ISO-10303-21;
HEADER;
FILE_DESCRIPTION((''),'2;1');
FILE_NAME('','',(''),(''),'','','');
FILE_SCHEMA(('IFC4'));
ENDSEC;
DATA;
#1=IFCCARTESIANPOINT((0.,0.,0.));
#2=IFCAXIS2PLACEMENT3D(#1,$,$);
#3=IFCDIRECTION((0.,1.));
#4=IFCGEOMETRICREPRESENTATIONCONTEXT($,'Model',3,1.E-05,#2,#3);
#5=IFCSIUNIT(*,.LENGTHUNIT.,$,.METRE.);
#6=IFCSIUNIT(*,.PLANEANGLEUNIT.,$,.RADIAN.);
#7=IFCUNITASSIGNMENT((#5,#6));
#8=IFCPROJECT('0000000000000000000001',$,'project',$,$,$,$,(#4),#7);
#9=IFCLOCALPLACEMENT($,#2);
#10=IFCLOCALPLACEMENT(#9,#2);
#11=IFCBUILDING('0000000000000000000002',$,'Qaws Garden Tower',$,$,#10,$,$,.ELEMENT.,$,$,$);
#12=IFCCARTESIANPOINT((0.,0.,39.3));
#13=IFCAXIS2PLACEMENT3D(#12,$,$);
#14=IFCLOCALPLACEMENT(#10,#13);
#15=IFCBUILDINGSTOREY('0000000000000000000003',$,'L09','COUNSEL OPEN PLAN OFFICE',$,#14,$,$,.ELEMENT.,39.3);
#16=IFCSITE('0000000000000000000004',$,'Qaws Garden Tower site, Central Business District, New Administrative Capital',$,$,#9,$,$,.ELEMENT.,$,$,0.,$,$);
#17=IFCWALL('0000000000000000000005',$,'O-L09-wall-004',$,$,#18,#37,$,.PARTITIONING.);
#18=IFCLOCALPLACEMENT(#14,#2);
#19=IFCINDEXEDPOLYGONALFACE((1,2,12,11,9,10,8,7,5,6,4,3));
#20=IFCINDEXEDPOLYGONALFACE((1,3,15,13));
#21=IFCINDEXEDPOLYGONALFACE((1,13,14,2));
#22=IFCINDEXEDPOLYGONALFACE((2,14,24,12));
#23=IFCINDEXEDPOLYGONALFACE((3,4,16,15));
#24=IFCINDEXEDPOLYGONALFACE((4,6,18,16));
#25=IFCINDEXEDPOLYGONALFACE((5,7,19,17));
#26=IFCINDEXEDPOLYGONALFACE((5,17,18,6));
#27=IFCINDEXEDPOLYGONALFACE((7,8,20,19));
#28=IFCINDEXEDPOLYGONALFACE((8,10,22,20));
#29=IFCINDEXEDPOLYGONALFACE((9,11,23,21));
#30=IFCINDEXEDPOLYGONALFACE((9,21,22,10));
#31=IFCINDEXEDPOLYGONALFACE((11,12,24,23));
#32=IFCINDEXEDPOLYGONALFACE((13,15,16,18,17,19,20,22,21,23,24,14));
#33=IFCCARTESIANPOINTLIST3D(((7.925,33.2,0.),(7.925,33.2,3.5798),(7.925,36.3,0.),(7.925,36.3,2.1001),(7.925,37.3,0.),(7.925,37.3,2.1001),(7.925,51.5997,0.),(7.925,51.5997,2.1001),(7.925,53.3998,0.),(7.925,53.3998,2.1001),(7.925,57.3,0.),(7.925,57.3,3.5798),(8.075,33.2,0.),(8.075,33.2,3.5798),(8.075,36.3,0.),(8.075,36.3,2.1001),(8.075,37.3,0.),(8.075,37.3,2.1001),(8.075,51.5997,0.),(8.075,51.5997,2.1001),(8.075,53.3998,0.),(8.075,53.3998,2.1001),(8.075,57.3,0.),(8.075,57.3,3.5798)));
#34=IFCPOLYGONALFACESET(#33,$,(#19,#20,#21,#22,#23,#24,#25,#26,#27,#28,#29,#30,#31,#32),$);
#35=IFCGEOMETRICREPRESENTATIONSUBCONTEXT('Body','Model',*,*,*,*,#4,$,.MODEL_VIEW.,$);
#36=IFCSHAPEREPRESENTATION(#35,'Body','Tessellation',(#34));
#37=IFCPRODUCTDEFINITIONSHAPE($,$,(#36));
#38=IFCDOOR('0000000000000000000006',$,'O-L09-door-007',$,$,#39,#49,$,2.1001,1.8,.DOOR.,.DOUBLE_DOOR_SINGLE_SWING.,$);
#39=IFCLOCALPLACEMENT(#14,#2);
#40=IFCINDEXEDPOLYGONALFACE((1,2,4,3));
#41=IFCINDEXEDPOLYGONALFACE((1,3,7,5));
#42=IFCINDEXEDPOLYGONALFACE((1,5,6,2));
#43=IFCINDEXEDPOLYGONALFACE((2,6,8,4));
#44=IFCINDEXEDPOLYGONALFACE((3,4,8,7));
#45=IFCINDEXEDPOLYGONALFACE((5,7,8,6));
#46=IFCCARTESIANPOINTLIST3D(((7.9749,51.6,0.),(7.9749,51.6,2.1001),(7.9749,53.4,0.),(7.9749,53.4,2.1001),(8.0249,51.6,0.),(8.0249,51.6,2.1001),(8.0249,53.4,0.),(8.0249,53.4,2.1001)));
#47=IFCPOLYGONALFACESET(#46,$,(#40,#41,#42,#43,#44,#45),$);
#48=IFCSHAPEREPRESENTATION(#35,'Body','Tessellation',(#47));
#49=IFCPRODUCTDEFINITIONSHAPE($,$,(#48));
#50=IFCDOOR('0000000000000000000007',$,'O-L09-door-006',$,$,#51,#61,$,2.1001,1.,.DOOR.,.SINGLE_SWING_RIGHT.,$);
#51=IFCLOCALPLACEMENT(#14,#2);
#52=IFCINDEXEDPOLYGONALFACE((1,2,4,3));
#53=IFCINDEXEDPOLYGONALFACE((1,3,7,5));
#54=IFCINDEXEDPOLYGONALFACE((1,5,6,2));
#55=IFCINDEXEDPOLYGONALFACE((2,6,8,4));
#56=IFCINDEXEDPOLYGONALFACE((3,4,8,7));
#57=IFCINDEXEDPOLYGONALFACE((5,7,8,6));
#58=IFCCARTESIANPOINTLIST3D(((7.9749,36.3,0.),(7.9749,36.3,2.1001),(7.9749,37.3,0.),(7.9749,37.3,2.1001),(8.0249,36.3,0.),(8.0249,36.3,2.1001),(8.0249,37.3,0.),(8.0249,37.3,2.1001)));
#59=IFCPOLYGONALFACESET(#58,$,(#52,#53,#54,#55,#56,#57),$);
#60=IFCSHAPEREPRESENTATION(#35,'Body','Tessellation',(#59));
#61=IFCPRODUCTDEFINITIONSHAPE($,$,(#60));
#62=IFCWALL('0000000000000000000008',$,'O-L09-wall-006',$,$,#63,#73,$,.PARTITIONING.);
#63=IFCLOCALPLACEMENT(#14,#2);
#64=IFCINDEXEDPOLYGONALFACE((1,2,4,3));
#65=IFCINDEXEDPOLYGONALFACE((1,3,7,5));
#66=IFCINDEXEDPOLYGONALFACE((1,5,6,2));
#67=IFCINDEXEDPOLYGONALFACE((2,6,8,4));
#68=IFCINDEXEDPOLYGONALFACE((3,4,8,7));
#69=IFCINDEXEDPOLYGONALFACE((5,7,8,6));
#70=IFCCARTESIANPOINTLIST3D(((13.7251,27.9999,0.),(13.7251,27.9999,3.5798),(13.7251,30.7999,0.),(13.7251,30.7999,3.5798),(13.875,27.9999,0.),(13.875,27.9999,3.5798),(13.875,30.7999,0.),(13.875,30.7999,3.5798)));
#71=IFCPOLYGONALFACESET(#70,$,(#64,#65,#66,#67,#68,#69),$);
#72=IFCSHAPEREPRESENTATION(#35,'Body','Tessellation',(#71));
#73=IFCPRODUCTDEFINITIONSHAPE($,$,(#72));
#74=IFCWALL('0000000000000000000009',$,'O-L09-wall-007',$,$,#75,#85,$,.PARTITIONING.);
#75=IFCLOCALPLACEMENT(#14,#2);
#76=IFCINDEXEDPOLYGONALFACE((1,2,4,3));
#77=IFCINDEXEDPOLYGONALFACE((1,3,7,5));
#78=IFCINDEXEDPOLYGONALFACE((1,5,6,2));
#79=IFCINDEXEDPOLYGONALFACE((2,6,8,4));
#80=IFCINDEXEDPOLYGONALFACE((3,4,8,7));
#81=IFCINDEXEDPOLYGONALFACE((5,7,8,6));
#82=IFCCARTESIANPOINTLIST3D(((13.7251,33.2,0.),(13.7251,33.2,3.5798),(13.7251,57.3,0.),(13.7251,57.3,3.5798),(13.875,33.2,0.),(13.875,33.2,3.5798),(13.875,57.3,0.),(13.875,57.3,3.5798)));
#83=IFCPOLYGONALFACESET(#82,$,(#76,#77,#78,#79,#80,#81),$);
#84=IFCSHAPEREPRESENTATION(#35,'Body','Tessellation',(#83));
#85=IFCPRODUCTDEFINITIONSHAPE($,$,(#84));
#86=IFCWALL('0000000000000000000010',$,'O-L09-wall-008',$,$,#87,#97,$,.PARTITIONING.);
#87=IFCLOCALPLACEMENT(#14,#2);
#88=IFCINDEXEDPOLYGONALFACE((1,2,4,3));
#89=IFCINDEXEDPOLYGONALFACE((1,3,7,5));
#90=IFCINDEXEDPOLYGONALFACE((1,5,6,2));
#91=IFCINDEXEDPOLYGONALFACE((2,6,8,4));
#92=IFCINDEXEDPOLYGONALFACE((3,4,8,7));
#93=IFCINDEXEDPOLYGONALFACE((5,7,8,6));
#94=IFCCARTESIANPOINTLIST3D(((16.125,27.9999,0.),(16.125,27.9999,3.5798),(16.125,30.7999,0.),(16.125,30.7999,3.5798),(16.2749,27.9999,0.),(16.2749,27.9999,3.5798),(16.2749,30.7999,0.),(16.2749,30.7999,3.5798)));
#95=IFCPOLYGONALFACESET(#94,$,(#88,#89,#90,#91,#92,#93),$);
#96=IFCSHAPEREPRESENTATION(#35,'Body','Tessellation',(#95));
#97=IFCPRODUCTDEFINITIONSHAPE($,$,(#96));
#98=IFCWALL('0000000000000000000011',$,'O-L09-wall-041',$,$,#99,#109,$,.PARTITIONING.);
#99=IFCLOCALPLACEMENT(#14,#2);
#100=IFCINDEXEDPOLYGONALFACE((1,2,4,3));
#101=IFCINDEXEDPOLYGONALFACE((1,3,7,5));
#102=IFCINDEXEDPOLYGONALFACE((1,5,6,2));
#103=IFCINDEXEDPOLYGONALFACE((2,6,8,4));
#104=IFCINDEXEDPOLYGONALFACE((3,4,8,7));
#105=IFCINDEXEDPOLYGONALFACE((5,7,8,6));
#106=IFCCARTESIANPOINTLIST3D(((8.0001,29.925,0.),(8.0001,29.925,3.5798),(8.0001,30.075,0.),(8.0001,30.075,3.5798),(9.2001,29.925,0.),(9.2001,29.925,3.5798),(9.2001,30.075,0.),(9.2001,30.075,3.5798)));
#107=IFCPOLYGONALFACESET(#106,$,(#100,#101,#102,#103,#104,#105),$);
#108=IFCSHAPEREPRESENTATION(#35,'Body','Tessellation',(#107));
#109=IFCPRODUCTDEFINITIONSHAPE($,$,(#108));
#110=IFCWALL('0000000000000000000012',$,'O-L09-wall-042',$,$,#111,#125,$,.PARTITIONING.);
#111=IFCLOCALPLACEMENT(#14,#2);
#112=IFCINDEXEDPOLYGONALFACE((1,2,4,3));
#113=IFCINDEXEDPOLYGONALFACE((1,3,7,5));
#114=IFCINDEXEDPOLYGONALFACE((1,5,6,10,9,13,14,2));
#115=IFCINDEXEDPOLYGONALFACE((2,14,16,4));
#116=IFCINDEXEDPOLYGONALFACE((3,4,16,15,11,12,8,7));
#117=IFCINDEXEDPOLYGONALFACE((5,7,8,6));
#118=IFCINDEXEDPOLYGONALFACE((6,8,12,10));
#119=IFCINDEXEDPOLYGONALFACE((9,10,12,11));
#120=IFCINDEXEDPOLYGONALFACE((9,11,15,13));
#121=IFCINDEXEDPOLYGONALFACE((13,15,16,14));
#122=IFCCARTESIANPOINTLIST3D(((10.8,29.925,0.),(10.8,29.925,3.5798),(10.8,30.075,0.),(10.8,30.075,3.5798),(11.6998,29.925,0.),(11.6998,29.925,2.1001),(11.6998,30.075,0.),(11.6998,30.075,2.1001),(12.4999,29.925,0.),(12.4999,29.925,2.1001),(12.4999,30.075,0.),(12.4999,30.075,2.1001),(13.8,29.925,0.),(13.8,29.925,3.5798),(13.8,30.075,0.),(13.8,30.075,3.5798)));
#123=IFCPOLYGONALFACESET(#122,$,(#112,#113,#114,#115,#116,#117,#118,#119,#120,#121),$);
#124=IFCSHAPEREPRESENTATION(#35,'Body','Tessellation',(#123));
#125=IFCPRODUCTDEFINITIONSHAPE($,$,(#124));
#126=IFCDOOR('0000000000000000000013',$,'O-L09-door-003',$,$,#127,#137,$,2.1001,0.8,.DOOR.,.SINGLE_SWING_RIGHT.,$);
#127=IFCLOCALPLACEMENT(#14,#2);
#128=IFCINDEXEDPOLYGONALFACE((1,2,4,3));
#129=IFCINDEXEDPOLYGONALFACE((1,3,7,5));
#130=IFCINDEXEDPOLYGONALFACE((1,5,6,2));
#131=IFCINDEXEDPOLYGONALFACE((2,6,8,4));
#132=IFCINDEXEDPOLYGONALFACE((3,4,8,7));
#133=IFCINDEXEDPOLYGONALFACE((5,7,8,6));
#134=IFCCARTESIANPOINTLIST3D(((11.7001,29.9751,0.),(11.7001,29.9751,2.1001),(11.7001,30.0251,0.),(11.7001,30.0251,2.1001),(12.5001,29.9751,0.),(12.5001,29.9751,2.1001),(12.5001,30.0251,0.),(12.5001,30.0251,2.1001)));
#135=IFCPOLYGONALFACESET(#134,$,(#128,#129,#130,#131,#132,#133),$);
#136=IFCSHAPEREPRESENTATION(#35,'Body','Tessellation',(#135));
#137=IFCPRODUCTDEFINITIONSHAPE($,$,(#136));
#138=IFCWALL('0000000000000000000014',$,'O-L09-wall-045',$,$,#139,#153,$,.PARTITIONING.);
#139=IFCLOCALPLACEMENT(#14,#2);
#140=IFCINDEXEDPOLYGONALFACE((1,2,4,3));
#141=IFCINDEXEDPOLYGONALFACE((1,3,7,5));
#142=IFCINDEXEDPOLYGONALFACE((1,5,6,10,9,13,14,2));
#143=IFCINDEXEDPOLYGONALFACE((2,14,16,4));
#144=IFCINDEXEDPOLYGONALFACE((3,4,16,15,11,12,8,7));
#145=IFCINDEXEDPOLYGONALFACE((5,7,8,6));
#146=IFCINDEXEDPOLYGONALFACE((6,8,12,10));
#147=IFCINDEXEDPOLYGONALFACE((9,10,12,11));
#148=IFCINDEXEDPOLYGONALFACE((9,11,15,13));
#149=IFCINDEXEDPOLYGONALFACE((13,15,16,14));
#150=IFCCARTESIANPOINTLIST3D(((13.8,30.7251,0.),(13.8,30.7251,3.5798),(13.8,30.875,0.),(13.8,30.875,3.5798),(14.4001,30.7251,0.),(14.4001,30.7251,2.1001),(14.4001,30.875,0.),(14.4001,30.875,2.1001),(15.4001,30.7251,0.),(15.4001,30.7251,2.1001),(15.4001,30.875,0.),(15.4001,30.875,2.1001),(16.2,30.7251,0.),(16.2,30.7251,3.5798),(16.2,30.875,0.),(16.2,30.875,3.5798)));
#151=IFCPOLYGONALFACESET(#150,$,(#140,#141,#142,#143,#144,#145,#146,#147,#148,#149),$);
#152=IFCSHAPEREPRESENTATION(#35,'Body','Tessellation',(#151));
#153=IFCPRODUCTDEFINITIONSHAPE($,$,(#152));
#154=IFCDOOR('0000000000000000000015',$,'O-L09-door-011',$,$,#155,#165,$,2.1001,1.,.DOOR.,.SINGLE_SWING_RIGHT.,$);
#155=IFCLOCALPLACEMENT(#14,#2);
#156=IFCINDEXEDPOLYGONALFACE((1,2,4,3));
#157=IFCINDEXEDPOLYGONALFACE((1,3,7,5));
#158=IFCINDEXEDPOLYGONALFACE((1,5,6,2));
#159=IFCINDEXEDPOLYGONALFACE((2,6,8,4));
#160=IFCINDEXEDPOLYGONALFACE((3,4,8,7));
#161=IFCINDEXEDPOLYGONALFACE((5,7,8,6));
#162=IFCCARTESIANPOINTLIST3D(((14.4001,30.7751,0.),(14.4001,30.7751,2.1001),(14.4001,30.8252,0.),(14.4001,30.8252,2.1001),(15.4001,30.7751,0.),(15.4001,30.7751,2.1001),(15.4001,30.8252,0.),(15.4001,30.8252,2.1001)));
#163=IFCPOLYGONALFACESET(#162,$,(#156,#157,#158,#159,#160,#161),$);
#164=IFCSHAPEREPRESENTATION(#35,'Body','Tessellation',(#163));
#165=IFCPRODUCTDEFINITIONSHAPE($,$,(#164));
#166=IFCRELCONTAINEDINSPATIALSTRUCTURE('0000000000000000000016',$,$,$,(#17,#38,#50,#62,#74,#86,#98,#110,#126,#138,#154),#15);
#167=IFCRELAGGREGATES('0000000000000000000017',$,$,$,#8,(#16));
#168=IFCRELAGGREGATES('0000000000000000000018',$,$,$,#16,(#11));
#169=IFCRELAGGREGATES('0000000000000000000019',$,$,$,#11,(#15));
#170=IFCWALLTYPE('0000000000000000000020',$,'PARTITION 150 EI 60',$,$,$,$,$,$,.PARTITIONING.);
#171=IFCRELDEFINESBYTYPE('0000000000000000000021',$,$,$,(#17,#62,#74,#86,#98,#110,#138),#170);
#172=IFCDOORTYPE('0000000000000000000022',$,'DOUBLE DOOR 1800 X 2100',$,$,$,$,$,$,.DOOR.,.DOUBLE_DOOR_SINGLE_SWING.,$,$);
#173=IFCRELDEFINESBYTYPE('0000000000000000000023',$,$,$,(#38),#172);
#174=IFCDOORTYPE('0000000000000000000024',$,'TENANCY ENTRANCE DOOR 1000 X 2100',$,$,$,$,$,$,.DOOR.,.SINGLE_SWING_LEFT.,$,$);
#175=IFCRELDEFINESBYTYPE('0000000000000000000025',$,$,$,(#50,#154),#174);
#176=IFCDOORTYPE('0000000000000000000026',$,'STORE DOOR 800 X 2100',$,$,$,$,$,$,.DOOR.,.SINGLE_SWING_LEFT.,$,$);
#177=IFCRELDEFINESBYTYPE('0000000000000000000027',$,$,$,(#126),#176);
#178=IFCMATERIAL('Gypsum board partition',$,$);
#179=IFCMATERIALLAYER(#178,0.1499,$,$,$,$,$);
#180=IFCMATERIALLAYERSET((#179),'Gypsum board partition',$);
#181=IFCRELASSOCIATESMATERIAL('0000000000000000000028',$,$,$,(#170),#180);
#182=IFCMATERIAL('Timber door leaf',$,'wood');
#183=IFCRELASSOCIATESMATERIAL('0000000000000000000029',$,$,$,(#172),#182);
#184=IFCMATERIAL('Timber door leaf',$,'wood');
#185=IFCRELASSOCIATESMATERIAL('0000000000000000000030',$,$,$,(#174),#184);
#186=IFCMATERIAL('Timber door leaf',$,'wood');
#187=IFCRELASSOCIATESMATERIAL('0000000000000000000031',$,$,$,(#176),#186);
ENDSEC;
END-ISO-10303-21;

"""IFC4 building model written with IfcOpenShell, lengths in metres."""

from ifc_helpers import new_model, si_unit, direction, frame, frame_2d, origin, place, context, subcontext, project, spatial, rectangle, extrude, material, layer, layer_set, type_object, element, fill, save


model = new_model("IFC4")

# Units and contexts
model_context = context("Model", 3, precision=1e-05, world=origin(), true_north=direction((0.0, 1.0)))
body_context = subcontext(model_context, "Body", "Model", "MODEL_VIEW")
ifc_project = project(units=[si_unit("LENGTHUNIT", "METRE"), si_unit("PLANEANGLEUNIT", "RADIAN")], contexts=[model_context])

# Site, building, storey
site_placement = place(None, origin())
site = spatial("IfcSite", under=ifc_project, at=site_placement, Name="Qaws Garden Tower site, Central Business District, New Administrative Capital", CompositionType="ELEMENT", RefElevation=0.0)
building_placement = place(site_placement, origin())
building = spatial("IfcBuilding", under=site, at=building_placement, Name="Qaws Garden Tower", CompositionType="ELEMENT")
storey_placement = place(building_placement, frame((0.0, 0.0, 39.3)))
storey = spatial("IfcBuildingStorey", under=building, at=storey_placement, Name="L09", Description="COUNSEL OPEN PLAN OFFICE", CompositionType="ELEMENT", Elevation=39.3)

# Shared definitions
ifc_material_1 = material(Name="Gypsum board partition")
ifc_layer_1 = layer(ifc_material_1, 0.1499)
ifc_layer_set_1 = layer_set([ifc_layer_1], Name="Gypsum board partition")
wall_type_1 = type_object("IfcWallType", Name="PARTITION 150 EI 60", PredefinedType="PARTITIONING", material=ifc_layer_set_1)

# Wall, openings, doors
wall_1_placement = place(storey_placement, frame((8.0, 33.2, 0.0), z_axis=(0.0, 0.0, 1.0), x_axis=(0.0, 1.0, 0.0)))
wall_1 = element("IfcWall", 1, at=wall_1_placement, inside=storey, type_object=wall_type_1, Name="O-L09-wall-004", PredefinedType="PARTITIONING", context=body_context, shape_type="SweptSolid", body=[
    extrude(rectangle(XDim=24.1001, YDim=0.1499, at=frame_2d((12.05, 0.0))), origin(), (0.0, 0.0, 1.0), 3.5798),
])
opening_1_placement = place(wall_1_placement, frame((3.1001, 0.0, 0.0)))
opening_1 = element("IfcOpeningElement", 2, at=opening_1_placement, cuts=wall_1, PredefinedType="OPENING", context=body_context, shape_type="SweptSolid", body=[
    extrude(rectangle(XDim=1.0, YDim=2.1001, at=frame_2d((0.5, 1.05))), frame((0.0, 0.085, 0.0), z_axis=(0.0, -1.0, 0.0), x_axis=(1.0, 0.0, 0.0)), (0.0, 0.0, 1.0), 0.1699),
])
opening_2_placement = place(wall_1_placement, frame((18.3999, 0.0, 0.0)))
opening_2 = element("IfcOpeningElement", 3, at=opening_2_placement, cuts=wall_1, PredefinedType="OPENING", context=body_context, shape_type="SweptSolid", body=[
    extrude(rectangle(XDim=1.8, YDim=2.1001, at=frame_2d((0.8999, 1.05))), frame((0.0, 0.085, 0.0), z_axis=(0.0, -1.0, 0.0), x_axis=(1.0, 0.0, 0.0)), (0.0, 0.0, 1.0), 0.1699),
])
ifc_material_2 = material(Name="Timber door leaf", Category="wood")
door_type_1 = type_object("IfcDoorType", Name="DOUBLE DOOR 1800 X 2100", OperationType="DOUBLE_DOOR_SINGLE_SWING", PredefinedType="DOOR", material=ifc_material_2)
door_1_placement = place(opening_2_placement, frame((1.8, 0.0, 0.0), z_axis=(0.0, 0.0, 1.0), x_axis=(-1.0, 0.0, 0.0)))
door_1 = element("IfcDoor", 4, at=door_1_placement, inside=storey, type_object=door_type_1, Name="O-L09-door-007", OperationType="DOUBLE_DOOR_SINGLE_SWING", OverallHeight=2.1001, OverallWidth=1.8, PredefinedType="DOOR", context=body_context, shape_type="SweptSolid", body=[
    extrude(rectangle(XDim=1.8, YDim=2.1001, at=frame_2d((0.8999, 1.05))), frame((0.0, 0.0249, 0.0), z_axis=(0.0, -1.0, 0.0), x_axis=(1.0, 0.0, 0.0)), (0.0, 0.0, 1.0), 0.05),
])
fill(opening_2, door_1)
ifc_material_3 = material(Name="Timber door leaf", Category="wood")
door_type_2 = type_object("IfcDoorType", Name="TENANCY ENTRANCE DOOR 1000 X 2100", OperationType="SINGLE_SWING_LEFT", PredefinedType="DOOR", material=ifc_material_3)
door_2_placement = place(opening_1_placement, frame((1.0, 0.0, 0.0), z_axis=(0.0, 0.0, 1.0), x_axis=(-1.0, 0.0, 0.0)))
door_2 = element("IfcDoor", 5, at=door_2_placement, inside=storey, type_object=door_type_2, Name="O-L09-door-006", OperationType="SINGLE_SWING_RIGHT", OverallHeight=2.1001, OverallWidth=1.0, PredefinedType="DOOR", context=body_context, shape_type="SweptSolid", body=[
    extrude(rectangle(XDim=1.0, YDim=2.1001, at=frame_2d((0.5, 1.05))), frame((0.0, 0.0249, 0.0), z_axis=(0.0, -1.0, 0.0), x_axis=(1.0, 0.0, 0.0)), (0.0, 0.0, 1.0), 0.05),
])
fill(opening_1, door_2)

# Walls
wall_2_placement = place(storey_placement, frame((13.8, 28.0, 0.0), z_axis=(0.0, 0.0, 1.0), x_axis=(0.0, 1.0, 0.0)))
element("IfcWall", 6, at=wall_2_placement, inside=storey, type_object=wall_type_1, Name="O-L09-wall-006", PredefinedType="PARTITIONING", context=body_context, shape_type="SweptSolid", body=[
    extrude(rectangle(XDim=2.8, YDim=0.1499, at=frame_2d((1.3999, 0.0))), origin(), (0.0, 0.0, 1.0), 3.5798),
])
wall_3_placement = place(storey_placement, frame((13.8, 33.2, 0.0), z_axis=(0.0, 0.0, 1.0), x_axis=(0.0, 1.0, 0.0)))
element("IfcWall", 7, at=wall_3_placement, inside=storey, type_object=wall_type_1, Name="O-L09-wall-007", PredefinedType="PARTITIONING", context=body_context, shape_type="SweptSolid", body=[
    extrude(rectangle(XDim=24.1001, YDim=0.1499, at=frame_2d((12.05, 0.0))), origin(), (0.0, 0.0, 1.0), 3.5798),
])
wall_4_placement = place(storey_placement, frame((16.2, 28.0, 0.0), z_axis=(0.0, 0.0, 1.0), x_axis=(0.0, 1.0, 0.0)))
element("IfcWall", 8, at=wall_4_placement, inside=storey, type_object=wall_type_1, Name="O-L09-wall-008", PredefinedType="PARTITIONING", context=body_context, shape_type="SweptSolid", body=[
    extrude(rectangle(XDim=2.8, YDim=0.1499, at=frame_2d((1.3999, 0.0))), origin(), (0.0, 0.0, 1.0), 3.5798),
])
wall_5_placement = place(storey_placement, frame((8.0, 30.0, 0.0), z_axis=(0.0, 0.0, 1.0), x_axis=(1.0, 0.0, 0.0)))
element("IfcWall", 9, at=wall_5_placement, inside=storey, type_object=wall_type_1, Name="O-L09-wall-041", PredefinedType="PARTITIONING", context=body_context, shape_type="SweptSolid", body=[
    extrude(rectangle(XDim=1.2, YDim=0.1499, at=frame_2d((0.6001, 0.0))), origin(), (0.0, 0.0, 1.0), 3.5798),
])

# Walls, openings, doors
wall_6_placement = place(storey_placement, frame((10.8, 30.0, 0.0), z_axis=(0.0, 0.0, 1.0), x_axis=(1.0, 0.0, 0.0)))
wall_6 = element("IfcWall", 10, at=wall_6_placement, inside=storey, type_object=wall_type_1, Name="O-L09-wall-042", PredefinedType="PARTITIONING", context=body_context, shape_type="SweptSolid", body=[
    extrude(rectangle(XDim=3.0, YDim=0.1499, at=frame_2d((1.5, 0.0))), origin(), (0.0, 0.0, 1.0), 3.5798),
])
opening_3_placement = place(wall_6_placement, frame((0.8999, 0.0, 0.0)))
opening_3 = element("IfcOpeningElement", 11, at=opening_3_placement, cuts=wall_6, PredefinedType="OPENING", context=body_context, shape_type="SweptSolid", body=[
    extrude(rectangle(XDim=0.8, YDim=2.1001, at=frame_2d((0.3999, 1.05))), frame((0.0, 0.085, 0.0), z_axis=(0.0, -1.0, 0.0), x_axis=(1.0, 0.0, 0.0)), (0.0, 0.0, 1.0), 0.1699),
])
ifc_material_4 = material(Name="Timber door leaf", Category="wood")
door_type_3 = type_object("IfcDoorType", Name="STORE DOOR 800 X 2100", OperationType="SINGLE_SWING_LEFT", PredefinedType="DOOR", material=ifc_material_4)
door_3_placement = place(opening_3_placement, frame((0.8, 0.0, 0.0), z_axis=(0.0, 0.0, 1.0), x_axis=(-1.0, 0.0, 0.0)))
door_3 = element("IfcDoor", 12, at=door_3_placement, inside=storey, type_object=door_type_3, Name="O-L09-door-003", OperationType="SINGLE_SWING_RIGHT", OverallHeight=2.1001, OverallWidth=0.8, PredefinedType="DOOR", context=body_context, shape_type="SweptSolid", body=[
    extrude(rectangle(XDim=0.8, YDim=2.1001, at=frame_2d((0.3999, 1.05))), frame((0.0, 0.0249, 0.0), z_axis=(0.0, -1.0, 0.0), x_axis=(1.0, 0.0, 0.0)), (0.0, 0.0, 1.0), 0.05),
])
fill(opening_3, door_3)
wall_7_placement = place(storey_placement, frame((13.8, 30.8, 0.0), z_axis=(0.0, 0.0, 1.0), x_axis=(1.0, 0.0, 0.0)))
wall_7 = element("IfcWall", 13, at=wall_7_placement, inside=storey, type_object=wall_type_1, Name="O-L09-wall-045", PredefinedType="PARTITIONING", context=body_context, shape_type="SweptSolid", body=[
    extrude(rectangle(XDim=2.3999, YDim=0.1499, at=frame_2d((1.2, 0.0))), origin(), (0.0, 0.0, 1.0), 3.5798),
])
opening_4_placement = place(wall_7_placement, frame((0.6001, 0.0, 0.0)))
opening_4 = element("IfcOpeningElement", 14, at=opening_4_placement, cuts=wall_7, PredefinedType="OPENING", context=body_context, shape_type="SweptSolid", body=[
    extrude(rectangle(XDim=1.0, YDim=2.1001, at=frame_2d((0.5, 1.05))), frame((0.0, 0.085, 0.0), z_axis=(0.0, -1.0, 0.0), x_axis=(1.0, 0.0, 0.0)), (0.0, 0.0, 1.0), 0.1699),
])
door_4_placement = place(opening_4_placement, frame((1.0, 0.0, 0.0), z_axis=(0.0, 0.0, 1.0), x_axis=(-1.0, 0.0, 0.0)))
door_4 = element("IfcDoor", 15, at=door_4_placement, inside=storey, type_object=door_type_2, Name="O-L09-door-011", OperationType="SINGLE_SWING_RIGHT", OverallHeight=2.1001, OverallWidth=1.0, PredefinedType="DOOR", context=body_context, shape_type="SweptSolid", body=[
    extrude(rectangle(XDim=1.0, YDim=2.1001, at=frame_2d((0.5, 1.05))), frame((0.0, 0.0249, 0.0), z_axis=(0.0, -1.0, 0.0), x_axis=(1.0, 0.0, 0.0)), (0.0, 0.0, 1.0), 0.05),
])
fill(opening_4, door_4)

save(model, "model.ifc")
